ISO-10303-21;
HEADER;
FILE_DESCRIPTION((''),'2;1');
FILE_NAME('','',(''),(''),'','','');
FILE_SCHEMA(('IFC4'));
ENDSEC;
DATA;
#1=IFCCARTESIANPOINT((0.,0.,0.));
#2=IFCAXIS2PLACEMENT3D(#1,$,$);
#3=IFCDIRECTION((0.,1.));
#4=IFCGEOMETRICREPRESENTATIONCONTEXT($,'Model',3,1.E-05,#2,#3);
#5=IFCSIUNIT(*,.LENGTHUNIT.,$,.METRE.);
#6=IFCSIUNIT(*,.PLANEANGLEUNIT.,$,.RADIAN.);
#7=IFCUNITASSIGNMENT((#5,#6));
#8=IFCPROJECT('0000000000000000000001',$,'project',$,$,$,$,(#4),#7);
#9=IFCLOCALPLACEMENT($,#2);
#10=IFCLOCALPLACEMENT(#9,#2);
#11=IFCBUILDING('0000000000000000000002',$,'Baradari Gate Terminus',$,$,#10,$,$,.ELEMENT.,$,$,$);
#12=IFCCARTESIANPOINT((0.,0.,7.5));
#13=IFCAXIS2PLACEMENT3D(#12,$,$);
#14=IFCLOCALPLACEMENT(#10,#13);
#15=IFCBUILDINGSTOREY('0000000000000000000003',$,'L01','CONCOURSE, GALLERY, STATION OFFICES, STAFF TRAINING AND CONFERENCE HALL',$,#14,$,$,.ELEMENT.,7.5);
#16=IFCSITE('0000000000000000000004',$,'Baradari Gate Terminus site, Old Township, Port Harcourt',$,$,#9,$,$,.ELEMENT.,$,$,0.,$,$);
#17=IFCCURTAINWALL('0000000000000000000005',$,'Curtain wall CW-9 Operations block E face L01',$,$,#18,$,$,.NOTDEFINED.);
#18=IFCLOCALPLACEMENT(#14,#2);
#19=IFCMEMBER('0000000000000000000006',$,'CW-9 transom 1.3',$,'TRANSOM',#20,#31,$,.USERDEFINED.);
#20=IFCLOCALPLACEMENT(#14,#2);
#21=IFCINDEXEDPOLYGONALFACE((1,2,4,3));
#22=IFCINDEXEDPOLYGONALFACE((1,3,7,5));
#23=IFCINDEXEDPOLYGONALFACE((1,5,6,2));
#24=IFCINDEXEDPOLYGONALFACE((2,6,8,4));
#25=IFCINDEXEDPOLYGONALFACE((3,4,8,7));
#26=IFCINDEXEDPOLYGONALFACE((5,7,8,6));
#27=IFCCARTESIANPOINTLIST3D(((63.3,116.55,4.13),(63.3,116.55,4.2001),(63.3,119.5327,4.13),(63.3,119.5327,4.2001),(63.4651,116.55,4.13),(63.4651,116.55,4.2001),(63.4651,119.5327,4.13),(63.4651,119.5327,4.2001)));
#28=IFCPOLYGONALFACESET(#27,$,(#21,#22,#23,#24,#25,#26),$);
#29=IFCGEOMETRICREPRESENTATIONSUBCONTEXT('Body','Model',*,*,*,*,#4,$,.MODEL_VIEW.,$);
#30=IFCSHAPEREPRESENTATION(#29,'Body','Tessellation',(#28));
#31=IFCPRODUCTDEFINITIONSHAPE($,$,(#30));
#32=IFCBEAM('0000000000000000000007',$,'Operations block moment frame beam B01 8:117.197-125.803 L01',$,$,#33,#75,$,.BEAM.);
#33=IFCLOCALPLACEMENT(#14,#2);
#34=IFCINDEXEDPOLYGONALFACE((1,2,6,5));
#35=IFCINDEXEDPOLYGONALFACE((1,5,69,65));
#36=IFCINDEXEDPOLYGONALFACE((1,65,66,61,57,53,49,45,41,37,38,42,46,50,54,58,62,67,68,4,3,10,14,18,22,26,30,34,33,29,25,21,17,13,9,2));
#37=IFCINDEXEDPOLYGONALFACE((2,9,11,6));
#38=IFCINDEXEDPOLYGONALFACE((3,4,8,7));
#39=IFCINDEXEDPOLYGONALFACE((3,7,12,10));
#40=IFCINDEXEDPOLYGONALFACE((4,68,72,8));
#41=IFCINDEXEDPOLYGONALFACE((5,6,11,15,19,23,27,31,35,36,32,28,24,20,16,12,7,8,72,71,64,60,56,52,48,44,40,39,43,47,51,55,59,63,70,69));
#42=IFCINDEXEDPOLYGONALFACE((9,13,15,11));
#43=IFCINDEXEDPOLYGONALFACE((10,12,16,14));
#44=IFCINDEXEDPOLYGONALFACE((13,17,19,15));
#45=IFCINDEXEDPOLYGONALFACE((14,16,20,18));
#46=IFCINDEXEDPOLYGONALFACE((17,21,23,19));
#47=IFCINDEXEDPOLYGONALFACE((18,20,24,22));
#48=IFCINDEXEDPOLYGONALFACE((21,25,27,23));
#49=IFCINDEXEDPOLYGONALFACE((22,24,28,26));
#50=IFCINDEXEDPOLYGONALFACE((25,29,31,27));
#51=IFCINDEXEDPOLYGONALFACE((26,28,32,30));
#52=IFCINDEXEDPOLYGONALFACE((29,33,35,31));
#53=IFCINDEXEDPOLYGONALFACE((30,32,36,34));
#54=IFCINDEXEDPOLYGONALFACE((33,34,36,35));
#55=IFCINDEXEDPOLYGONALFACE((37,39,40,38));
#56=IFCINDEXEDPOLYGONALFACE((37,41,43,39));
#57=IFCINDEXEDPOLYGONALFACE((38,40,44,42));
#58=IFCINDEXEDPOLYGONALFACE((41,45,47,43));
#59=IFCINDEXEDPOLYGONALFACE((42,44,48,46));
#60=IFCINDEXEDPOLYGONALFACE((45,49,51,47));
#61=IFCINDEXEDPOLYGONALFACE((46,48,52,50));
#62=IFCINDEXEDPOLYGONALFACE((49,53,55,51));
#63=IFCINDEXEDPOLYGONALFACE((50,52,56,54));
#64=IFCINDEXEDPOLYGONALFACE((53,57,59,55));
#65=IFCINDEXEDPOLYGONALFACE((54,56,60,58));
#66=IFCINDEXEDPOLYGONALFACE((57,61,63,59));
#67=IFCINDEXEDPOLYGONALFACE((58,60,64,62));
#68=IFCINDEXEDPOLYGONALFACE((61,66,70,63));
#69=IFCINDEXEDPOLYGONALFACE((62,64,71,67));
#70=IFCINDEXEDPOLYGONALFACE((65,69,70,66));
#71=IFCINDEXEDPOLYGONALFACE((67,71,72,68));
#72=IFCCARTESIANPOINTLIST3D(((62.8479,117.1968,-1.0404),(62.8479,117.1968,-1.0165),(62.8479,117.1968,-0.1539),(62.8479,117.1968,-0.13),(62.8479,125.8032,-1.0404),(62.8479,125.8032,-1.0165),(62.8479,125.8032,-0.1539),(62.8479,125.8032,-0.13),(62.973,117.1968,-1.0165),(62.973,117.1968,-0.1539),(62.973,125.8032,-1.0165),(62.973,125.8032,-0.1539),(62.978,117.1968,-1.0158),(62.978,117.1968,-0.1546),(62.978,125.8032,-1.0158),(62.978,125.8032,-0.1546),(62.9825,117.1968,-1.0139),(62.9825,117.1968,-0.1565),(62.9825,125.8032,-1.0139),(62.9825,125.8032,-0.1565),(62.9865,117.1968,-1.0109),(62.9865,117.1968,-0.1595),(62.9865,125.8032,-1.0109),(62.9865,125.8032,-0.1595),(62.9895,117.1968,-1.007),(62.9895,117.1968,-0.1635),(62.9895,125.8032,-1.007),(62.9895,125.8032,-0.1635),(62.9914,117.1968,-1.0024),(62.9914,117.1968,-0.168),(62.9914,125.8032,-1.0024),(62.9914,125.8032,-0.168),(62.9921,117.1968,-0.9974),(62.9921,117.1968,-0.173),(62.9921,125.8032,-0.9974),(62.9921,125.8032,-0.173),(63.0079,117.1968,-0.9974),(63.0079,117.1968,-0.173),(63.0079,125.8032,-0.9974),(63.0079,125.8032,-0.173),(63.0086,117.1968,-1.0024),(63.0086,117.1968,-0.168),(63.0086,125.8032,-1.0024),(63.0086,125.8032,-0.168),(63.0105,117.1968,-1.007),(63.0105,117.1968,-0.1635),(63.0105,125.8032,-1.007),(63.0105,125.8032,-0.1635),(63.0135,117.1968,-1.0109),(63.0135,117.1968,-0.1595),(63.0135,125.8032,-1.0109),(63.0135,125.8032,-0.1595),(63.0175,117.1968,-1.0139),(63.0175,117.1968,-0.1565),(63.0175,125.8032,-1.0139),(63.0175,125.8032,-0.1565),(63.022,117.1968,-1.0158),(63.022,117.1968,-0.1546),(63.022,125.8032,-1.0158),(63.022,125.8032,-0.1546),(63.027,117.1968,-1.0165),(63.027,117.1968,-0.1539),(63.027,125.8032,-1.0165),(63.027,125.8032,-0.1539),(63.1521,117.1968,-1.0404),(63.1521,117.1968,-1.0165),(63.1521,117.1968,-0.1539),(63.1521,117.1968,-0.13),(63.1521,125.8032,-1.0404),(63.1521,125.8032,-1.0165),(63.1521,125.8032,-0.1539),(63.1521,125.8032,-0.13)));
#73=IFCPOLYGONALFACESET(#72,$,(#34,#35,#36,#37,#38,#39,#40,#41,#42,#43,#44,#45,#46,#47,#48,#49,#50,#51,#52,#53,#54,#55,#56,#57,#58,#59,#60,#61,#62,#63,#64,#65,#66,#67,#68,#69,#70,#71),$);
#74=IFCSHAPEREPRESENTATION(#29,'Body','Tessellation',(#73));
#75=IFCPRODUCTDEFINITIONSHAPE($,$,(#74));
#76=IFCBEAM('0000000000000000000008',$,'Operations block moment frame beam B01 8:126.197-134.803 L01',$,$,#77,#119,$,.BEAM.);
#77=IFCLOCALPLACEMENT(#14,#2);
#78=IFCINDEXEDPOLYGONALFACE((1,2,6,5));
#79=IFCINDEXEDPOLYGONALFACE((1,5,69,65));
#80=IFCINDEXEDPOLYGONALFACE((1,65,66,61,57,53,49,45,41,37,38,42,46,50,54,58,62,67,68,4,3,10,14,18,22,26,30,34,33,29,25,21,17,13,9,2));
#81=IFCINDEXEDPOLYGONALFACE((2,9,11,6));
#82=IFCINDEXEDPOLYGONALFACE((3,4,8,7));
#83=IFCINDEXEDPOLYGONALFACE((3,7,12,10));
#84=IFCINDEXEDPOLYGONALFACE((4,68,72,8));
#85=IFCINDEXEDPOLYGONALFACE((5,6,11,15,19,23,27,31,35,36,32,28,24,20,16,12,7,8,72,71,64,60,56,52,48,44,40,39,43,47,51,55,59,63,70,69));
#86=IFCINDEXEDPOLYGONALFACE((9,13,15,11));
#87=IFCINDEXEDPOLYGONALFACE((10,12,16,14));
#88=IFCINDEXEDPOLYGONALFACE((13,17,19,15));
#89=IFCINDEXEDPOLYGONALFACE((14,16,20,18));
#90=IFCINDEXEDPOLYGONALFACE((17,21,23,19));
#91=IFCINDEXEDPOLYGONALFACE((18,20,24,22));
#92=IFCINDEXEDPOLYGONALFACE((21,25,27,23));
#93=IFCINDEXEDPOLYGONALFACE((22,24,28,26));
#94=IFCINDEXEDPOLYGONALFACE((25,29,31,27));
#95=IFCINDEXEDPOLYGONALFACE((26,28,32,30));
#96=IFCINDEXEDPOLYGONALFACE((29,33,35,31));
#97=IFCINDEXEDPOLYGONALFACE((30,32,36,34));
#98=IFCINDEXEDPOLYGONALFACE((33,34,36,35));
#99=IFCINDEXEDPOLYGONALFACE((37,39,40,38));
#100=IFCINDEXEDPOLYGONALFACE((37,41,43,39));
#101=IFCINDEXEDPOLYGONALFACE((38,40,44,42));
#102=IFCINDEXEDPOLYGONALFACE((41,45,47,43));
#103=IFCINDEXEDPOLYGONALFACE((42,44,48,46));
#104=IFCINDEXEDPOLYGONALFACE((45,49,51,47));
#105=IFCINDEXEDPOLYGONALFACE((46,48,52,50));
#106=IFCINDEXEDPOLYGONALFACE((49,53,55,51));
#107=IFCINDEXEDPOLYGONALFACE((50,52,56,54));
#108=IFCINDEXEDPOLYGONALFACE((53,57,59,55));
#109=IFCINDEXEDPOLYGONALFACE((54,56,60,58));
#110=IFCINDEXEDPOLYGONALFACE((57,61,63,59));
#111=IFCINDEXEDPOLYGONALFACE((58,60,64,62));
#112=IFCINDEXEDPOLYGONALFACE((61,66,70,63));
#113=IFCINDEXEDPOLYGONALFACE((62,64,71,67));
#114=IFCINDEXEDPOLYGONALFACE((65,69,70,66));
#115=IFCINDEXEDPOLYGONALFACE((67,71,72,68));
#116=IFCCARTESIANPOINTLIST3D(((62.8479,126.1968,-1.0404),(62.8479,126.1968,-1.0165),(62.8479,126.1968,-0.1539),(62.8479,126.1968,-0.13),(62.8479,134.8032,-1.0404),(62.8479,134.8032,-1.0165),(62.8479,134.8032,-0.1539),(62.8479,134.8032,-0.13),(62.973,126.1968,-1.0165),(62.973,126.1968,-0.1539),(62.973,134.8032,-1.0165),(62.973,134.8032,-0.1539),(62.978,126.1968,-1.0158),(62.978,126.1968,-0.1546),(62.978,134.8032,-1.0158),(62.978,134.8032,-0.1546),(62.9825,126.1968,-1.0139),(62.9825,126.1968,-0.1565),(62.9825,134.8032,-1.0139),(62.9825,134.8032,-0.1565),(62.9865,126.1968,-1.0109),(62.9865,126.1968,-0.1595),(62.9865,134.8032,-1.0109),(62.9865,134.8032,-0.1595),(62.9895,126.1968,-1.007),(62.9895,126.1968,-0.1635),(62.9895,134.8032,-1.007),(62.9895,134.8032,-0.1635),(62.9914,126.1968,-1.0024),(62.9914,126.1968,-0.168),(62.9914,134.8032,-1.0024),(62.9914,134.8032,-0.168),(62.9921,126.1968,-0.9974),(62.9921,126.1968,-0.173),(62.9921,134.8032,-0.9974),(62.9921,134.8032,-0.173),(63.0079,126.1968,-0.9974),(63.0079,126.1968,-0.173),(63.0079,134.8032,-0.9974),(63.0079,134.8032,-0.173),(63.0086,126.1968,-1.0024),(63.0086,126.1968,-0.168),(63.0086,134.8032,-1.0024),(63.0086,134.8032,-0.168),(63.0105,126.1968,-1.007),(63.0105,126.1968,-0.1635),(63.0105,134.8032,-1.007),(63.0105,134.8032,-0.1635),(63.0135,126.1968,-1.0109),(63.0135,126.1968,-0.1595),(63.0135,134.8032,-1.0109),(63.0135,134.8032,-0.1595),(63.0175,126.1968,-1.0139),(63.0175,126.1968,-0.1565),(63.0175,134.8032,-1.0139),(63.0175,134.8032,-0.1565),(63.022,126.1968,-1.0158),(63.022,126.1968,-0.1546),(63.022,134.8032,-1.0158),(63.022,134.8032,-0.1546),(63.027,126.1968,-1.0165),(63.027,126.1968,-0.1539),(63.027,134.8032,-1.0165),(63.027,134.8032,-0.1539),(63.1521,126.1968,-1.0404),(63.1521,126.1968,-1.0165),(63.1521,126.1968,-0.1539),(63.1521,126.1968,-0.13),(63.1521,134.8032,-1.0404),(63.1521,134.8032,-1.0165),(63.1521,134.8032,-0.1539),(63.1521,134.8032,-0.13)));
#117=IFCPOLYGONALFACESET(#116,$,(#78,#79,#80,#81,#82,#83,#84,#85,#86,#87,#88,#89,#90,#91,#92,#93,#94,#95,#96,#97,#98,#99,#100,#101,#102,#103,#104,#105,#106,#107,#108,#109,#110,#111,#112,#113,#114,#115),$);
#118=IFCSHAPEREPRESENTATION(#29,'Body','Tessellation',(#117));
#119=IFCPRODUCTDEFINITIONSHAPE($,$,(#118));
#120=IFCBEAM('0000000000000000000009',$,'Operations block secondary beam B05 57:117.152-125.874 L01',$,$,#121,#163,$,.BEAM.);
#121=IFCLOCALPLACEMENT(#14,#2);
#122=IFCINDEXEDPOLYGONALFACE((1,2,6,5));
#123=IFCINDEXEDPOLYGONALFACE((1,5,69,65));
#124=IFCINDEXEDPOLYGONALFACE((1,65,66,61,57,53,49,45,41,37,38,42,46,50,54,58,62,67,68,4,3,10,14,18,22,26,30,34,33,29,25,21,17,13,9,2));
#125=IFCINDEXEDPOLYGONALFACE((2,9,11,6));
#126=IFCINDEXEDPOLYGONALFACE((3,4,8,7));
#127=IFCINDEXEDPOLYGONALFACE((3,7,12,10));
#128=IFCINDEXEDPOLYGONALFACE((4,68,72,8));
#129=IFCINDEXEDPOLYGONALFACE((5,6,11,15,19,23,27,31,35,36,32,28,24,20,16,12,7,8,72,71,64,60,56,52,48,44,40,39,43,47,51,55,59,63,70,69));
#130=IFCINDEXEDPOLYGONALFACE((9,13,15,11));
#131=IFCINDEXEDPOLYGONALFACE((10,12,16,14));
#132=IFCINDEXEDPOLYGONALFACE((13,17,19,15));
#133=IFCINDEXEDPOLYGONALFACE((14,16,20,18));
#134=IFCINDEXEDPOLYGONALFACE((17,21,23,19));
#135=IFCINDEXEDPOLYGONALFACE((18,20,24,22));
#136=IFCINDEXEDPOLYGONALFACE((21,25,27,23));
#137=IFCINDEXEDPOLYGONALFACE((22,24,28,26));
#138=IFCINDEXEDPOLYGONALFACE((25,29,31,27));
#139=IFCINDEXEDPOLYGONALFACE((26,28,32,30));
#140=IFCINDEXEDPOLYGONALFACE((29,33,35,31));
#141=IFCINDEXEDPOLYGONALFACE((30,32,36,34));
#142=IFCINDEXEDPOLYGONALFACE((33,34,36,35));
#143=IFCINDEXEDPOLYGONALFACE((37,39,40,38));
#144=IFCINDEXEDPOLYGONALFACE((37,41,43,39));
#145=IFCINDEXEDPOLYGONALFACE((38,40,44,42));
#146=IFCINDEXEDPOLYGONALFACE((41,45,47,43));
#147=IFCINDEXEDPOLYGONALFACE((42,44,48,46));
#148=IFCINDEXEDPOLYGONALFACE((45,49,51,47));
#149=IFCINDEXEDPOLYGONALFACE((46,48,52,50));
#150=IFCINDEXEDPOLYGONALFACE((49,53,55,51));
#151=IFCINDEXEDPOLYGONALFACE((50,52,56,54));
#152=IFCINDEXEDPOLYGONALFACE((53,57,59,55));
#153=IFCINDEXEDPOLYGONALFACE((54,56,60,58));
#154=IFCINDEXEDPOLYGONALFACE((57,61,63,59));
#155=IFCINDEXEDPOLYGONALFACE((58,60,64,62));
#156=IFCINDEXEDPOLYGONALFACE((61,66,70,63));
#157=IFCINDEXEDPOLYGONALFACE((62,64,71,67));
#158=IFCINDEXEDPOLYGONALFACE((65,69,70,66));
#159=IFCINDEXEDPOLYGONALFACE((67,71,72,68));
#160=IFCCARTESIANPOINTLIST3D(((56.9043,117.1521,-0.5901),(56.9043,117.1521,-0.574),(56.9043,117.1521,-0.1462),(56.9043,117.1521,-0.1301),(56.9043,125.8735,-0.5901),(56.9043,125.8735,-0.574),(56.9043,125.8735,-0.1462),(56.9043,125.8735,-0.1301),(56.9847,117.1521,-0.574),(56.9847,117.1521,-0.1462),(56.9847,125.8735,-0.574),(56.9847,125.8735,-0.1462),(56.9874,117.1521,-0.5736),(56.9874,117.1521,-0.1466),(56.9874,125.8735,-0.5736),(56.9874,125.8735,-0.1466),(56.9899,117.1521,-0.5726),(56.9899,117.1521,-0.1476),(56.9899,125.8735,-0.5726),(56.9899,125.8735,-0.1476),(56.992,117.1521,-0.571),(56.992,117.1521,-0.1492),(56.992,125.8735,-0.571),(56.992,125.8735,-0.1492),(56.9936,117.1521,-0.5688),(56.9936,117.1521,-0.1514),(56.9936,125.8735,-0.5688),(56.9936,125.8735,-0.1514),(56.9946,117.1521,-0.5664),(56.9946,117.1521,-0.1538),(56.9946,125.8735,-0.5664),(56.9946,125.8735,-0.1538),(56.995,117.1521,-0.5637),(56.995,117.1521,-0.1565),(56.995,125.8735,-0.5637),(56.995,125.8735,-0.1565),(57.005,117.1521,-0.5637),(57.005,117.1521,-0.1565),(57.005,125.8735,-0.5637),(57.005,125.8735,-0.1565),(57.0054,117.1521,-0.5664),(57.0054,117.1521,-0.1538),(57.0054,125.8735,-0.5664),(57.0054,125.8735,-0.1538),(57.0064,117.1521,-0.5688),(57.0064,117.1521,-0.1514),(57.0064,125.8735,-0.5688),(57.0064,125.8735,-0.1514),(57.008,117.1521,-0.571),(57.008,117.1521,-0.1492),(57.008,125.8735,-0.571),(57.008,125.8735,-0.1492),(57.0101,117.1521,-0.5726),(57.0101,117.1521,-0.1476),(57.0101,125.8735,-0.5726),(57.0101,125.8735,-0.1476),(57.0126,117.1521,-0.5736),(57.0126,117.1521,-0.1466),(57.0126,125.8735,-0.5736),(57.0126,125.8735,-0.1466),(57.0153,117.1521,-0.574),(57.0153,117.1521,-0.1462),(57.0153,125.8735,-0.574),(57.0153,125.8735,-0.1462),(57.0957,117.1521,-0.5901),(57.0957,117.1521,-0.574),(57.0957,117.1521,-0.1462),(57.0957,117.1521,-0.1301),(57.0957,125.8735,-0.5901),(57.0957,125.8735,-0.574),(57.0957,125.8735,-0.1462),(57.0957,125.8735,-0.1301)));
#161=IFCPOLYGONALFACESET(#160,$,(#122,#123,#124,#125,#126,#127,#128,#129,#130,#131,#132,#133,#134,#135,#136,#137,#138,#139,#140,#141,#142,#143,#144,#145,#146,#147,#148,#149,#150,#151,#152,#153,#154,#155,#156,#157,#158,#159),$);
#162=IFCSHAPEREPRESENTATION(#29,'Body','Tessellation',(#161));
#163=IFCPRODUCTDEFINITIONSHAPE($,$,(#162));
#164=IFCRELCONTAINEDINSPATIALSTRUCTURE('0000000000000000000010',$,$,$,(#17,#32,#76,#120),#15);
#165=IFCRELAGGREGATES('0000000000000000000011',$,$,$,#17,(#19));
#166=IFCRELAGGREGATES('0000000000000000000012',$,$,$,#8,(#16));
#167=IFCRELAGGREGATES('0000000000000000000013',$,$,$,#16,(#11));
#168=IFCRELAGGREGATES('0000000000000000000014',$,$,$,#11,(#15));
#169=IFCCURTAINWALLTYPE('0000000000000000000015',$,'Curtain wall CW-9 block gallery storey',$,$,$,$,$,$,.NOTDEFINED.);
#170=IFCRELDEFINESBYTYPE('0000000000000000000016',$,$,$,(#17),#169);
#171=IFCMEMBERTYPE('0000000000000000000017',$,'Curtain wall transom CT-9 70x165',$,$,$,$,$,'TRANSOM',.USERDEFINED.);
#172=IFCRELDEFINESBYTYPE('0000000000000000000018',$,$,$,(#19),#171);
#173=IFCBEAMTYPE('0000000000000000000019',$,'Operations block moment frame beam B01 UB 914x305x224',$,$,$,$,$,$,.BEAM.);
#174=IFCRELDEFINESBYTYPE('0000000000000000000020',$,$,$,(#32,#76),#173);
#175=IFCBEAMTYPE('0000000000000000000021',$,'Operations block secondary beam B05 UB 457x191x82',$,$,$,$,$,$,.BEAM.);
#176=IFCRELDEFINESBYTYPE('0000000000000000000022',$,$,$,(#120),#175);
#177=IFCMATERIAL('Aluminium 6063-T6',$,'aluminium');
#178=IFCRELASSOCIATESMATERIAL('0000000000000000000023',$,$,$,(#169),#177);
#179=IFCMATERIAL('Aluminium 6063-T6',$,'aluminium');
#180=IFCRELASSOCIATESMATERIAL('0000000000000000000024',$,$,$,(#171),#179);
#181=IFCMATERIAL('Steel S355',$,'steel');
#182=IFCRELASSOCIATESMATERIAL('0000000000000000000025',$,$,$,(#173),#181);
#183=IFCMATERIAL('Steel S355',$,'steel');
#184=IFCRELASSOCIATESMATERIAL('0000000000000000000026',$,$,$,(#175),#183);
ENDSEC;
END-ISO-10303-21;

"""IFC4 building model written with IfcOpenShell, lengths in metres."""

from ifc_helpers import new_model, si_unit, direction, frame, origin, origin_2d, place, context, subcontext, project, spatial, rectangle, i_section, extrude, material, material_profile, profile_set, type_object, element, aggregate, save


model = new_model("IFC4")

# Units and contexts
model_context = context("Model", 3, precision=1e-05, world=origin(), true_north=direction((0.0, 1.0)))
body_context = subcontext(model_context, "Body", "Model", "MODEL_VIEW")
ifc_project = project(units=[si_unit("LENGTHUNIT", "METRE"), si_unit("PLANEANGLEUNIT", "RADIAN")], contexts=[model_context])

# Site, building, storey
site_placement = place(None, origin())
site = spatial("IfcSite", under=ifc_project, at=site_placement, Name="Baradari Gate Terminus site, Old Township, Port Harcourt", CompositionType="ELEMENT", RefElevation=0.0)
building_placement = place(site_placement, origin())
building = spatial("IfcBuilding", under=site, at=building_placement, Name="Baradari Gate Terminus", CompositionType="ELEMENT")
storey_placement = place(building_placement, frame((0.0, 0.0, 7.5)))
storey = spatial("IfcBuildingStorey", under=building, at=storey_placement, Name="L01", Description="CONCOURSE, GALLERY, STATION OFFICES, STAFF TRAINING AND CONFERENCE HALL", CompositionType="ELEMENT", Elevation=7.5)

# Curtain wall, member
ifc_material_1 = material(Name="Aluminium 6063-T6", Category="aluminium")
curtain_wall_type = type_object("IfcCurtainWallType", Name="Curtain wall CW-9 block gallery storey", PredefinedType="NOTDEFINED", material=ifc_material_1)
curtain_wall_placement = place(storey_placement, origin())
curtain_wall = element("IfcCurtainWall", 1, at=curtain_wall_placement, inside=storey, type_object=curtain_wall_type, Name="Curtain wall CW-9 Operations block E face L01", PredefinedType="NOTDEFINED")
ifc_material_2 = material(Name="Aluminium 6063-T6", Category="aluminium")
ifc_material_profile_1 = material_profile(ifc_material_2, rectangle(XDim=0.165, YDim=0.0701, at=origin_2d()), Name="CT-9 70X165")
ifc_profile_set_1 = profile_set([ifc_material_profile_1], Name="Aluminium 6063-T6")
member_type_1 = type_object("IfcMemberType", Name="Curtain wall transom CT-9 70x165", ElementType="TRANSOM", PredefinedType="USERDEFINED", material=ifc_profile_set_1)
member_1_placement = place(storey_placement, frame((63.3826, 116.55, 4.165), z_axis=(0.0, 1.0, 0.0), x_axis=(-1.0, 0.0, 0.0)))
member_1 = element("IfcMember", 2, at=member_1_placement, type_object=member_type_1, Name="CW-9 transom 1.3", ObjectType="TRANSOM", PredefinedType="USERDEFINED", context=body_context, shape_type="SweptSolid", body=[
    extrude(rectangle(XDim=0.165, YDim=0.0701, at=origin_2d()), origin(), (0.0, 0.0, 1.0), 2.9827),
])

# Beams
ifc_material_3 = material(Name="Steel S355", Category="steel")
ifc_material_profile_2 = material_profile(ifc_material_3, i_section(OverallWidth=0.3042, OverallDepth=0.9104, WebThickness=0.0159, FlangeThickness=0.0239, FilletRadius=0.019, at=origin_2d()), Name="UB 914x305x224")
ifc_profile_set_2 = profile_set([ifc_material_profile_2], Name="Steel S355")
beam_type_1 = type_object("IfcBeamType", Name="Operations block moment frame beam B01 UB 914x305x224", PredefinedType="BEAM", material=ifc_profile_set_2)
for number, where, z_axis, x_axis, name in (
    (3, (63.0, 117.1968, -0.5852), (0.0, 1.0, 0.0), (-1.0, 0.0, 0.0), "Operations block moment frame beam B01 8:117.197-125.803 L01"),
    (4, (63.0, 126.1968, -0.5852), (0.0, 1.0, 0.0), (-1.0, 0.0, 0.0), "Operations block moment frame beam B01 8:126.197-134.803 L01"),
):
    element("IfcBeam", number, at=place(storey_placement, frame(where, z_axis=z_axis, x_axis=x_axis)), inside=storey, type_object=beam_type_1, Name=name, PredefinedType="BEAM", context=body_context, shape_type="SweptSolid", body=[
        extrude(i_section(OverallWidth=0.3042, OverallDepth=0.9104, WebThickness=0.0159, FlangeThickness=0.0239, FilletRadius=0.019, at=origin_2d()), origin(), (0.0, 0.0, 1.0), 8.6064),
    ])
ifc_material_4 = material(Name="Steel S355", Category="steel")
ifc_material_profile_3 = material_profile(ifc_material_4, i_section(OverallWidth=0.1914, OverallDepth=0.46, WebThickness=0.01, FlangeThickness=0.0161, FilletRadius=0.0103, at=origin_2d()), Name="UB 457x191x82")
ifc_profile_set_3 = profile_set([ifc_material_profile_3], Name="Steel S355")
beam_type_2 = type_object("IfcBeamType", Name="Operations block secondary beam B05 UB 457x191x82", PredefinedType="BEAM", material=ifc_profile_set_3)
beam_1_placement = place(storey_placement, frame((57.0, 117.1521, -0.3601), z_axis=(0.0, 1.0, 0.0), x_axis=(-1.0, 0.0, 0.0)))
element("IfcBeam", 5, at=beam_1_placement, inside=storey, type_object=beam_type_2, Name="Operations block secondary beam B05 57:117.152-125.874 L01", PredefinedType="BEAM", context=body_context, shape_type="SweptSolid", body=[
    extrude(i_section(OverallWidth=0.1914, OverallDepth=0.46, WebThickness=0.01, FlangeThickness=0.0161, FilletRadius=0.0103, at=origin_2d()), origin(), (0.0, 0.0, 1.0), 8.7214),
])

aggregate(curtain_wall, [member_1])

save(model, "model.ifc")
